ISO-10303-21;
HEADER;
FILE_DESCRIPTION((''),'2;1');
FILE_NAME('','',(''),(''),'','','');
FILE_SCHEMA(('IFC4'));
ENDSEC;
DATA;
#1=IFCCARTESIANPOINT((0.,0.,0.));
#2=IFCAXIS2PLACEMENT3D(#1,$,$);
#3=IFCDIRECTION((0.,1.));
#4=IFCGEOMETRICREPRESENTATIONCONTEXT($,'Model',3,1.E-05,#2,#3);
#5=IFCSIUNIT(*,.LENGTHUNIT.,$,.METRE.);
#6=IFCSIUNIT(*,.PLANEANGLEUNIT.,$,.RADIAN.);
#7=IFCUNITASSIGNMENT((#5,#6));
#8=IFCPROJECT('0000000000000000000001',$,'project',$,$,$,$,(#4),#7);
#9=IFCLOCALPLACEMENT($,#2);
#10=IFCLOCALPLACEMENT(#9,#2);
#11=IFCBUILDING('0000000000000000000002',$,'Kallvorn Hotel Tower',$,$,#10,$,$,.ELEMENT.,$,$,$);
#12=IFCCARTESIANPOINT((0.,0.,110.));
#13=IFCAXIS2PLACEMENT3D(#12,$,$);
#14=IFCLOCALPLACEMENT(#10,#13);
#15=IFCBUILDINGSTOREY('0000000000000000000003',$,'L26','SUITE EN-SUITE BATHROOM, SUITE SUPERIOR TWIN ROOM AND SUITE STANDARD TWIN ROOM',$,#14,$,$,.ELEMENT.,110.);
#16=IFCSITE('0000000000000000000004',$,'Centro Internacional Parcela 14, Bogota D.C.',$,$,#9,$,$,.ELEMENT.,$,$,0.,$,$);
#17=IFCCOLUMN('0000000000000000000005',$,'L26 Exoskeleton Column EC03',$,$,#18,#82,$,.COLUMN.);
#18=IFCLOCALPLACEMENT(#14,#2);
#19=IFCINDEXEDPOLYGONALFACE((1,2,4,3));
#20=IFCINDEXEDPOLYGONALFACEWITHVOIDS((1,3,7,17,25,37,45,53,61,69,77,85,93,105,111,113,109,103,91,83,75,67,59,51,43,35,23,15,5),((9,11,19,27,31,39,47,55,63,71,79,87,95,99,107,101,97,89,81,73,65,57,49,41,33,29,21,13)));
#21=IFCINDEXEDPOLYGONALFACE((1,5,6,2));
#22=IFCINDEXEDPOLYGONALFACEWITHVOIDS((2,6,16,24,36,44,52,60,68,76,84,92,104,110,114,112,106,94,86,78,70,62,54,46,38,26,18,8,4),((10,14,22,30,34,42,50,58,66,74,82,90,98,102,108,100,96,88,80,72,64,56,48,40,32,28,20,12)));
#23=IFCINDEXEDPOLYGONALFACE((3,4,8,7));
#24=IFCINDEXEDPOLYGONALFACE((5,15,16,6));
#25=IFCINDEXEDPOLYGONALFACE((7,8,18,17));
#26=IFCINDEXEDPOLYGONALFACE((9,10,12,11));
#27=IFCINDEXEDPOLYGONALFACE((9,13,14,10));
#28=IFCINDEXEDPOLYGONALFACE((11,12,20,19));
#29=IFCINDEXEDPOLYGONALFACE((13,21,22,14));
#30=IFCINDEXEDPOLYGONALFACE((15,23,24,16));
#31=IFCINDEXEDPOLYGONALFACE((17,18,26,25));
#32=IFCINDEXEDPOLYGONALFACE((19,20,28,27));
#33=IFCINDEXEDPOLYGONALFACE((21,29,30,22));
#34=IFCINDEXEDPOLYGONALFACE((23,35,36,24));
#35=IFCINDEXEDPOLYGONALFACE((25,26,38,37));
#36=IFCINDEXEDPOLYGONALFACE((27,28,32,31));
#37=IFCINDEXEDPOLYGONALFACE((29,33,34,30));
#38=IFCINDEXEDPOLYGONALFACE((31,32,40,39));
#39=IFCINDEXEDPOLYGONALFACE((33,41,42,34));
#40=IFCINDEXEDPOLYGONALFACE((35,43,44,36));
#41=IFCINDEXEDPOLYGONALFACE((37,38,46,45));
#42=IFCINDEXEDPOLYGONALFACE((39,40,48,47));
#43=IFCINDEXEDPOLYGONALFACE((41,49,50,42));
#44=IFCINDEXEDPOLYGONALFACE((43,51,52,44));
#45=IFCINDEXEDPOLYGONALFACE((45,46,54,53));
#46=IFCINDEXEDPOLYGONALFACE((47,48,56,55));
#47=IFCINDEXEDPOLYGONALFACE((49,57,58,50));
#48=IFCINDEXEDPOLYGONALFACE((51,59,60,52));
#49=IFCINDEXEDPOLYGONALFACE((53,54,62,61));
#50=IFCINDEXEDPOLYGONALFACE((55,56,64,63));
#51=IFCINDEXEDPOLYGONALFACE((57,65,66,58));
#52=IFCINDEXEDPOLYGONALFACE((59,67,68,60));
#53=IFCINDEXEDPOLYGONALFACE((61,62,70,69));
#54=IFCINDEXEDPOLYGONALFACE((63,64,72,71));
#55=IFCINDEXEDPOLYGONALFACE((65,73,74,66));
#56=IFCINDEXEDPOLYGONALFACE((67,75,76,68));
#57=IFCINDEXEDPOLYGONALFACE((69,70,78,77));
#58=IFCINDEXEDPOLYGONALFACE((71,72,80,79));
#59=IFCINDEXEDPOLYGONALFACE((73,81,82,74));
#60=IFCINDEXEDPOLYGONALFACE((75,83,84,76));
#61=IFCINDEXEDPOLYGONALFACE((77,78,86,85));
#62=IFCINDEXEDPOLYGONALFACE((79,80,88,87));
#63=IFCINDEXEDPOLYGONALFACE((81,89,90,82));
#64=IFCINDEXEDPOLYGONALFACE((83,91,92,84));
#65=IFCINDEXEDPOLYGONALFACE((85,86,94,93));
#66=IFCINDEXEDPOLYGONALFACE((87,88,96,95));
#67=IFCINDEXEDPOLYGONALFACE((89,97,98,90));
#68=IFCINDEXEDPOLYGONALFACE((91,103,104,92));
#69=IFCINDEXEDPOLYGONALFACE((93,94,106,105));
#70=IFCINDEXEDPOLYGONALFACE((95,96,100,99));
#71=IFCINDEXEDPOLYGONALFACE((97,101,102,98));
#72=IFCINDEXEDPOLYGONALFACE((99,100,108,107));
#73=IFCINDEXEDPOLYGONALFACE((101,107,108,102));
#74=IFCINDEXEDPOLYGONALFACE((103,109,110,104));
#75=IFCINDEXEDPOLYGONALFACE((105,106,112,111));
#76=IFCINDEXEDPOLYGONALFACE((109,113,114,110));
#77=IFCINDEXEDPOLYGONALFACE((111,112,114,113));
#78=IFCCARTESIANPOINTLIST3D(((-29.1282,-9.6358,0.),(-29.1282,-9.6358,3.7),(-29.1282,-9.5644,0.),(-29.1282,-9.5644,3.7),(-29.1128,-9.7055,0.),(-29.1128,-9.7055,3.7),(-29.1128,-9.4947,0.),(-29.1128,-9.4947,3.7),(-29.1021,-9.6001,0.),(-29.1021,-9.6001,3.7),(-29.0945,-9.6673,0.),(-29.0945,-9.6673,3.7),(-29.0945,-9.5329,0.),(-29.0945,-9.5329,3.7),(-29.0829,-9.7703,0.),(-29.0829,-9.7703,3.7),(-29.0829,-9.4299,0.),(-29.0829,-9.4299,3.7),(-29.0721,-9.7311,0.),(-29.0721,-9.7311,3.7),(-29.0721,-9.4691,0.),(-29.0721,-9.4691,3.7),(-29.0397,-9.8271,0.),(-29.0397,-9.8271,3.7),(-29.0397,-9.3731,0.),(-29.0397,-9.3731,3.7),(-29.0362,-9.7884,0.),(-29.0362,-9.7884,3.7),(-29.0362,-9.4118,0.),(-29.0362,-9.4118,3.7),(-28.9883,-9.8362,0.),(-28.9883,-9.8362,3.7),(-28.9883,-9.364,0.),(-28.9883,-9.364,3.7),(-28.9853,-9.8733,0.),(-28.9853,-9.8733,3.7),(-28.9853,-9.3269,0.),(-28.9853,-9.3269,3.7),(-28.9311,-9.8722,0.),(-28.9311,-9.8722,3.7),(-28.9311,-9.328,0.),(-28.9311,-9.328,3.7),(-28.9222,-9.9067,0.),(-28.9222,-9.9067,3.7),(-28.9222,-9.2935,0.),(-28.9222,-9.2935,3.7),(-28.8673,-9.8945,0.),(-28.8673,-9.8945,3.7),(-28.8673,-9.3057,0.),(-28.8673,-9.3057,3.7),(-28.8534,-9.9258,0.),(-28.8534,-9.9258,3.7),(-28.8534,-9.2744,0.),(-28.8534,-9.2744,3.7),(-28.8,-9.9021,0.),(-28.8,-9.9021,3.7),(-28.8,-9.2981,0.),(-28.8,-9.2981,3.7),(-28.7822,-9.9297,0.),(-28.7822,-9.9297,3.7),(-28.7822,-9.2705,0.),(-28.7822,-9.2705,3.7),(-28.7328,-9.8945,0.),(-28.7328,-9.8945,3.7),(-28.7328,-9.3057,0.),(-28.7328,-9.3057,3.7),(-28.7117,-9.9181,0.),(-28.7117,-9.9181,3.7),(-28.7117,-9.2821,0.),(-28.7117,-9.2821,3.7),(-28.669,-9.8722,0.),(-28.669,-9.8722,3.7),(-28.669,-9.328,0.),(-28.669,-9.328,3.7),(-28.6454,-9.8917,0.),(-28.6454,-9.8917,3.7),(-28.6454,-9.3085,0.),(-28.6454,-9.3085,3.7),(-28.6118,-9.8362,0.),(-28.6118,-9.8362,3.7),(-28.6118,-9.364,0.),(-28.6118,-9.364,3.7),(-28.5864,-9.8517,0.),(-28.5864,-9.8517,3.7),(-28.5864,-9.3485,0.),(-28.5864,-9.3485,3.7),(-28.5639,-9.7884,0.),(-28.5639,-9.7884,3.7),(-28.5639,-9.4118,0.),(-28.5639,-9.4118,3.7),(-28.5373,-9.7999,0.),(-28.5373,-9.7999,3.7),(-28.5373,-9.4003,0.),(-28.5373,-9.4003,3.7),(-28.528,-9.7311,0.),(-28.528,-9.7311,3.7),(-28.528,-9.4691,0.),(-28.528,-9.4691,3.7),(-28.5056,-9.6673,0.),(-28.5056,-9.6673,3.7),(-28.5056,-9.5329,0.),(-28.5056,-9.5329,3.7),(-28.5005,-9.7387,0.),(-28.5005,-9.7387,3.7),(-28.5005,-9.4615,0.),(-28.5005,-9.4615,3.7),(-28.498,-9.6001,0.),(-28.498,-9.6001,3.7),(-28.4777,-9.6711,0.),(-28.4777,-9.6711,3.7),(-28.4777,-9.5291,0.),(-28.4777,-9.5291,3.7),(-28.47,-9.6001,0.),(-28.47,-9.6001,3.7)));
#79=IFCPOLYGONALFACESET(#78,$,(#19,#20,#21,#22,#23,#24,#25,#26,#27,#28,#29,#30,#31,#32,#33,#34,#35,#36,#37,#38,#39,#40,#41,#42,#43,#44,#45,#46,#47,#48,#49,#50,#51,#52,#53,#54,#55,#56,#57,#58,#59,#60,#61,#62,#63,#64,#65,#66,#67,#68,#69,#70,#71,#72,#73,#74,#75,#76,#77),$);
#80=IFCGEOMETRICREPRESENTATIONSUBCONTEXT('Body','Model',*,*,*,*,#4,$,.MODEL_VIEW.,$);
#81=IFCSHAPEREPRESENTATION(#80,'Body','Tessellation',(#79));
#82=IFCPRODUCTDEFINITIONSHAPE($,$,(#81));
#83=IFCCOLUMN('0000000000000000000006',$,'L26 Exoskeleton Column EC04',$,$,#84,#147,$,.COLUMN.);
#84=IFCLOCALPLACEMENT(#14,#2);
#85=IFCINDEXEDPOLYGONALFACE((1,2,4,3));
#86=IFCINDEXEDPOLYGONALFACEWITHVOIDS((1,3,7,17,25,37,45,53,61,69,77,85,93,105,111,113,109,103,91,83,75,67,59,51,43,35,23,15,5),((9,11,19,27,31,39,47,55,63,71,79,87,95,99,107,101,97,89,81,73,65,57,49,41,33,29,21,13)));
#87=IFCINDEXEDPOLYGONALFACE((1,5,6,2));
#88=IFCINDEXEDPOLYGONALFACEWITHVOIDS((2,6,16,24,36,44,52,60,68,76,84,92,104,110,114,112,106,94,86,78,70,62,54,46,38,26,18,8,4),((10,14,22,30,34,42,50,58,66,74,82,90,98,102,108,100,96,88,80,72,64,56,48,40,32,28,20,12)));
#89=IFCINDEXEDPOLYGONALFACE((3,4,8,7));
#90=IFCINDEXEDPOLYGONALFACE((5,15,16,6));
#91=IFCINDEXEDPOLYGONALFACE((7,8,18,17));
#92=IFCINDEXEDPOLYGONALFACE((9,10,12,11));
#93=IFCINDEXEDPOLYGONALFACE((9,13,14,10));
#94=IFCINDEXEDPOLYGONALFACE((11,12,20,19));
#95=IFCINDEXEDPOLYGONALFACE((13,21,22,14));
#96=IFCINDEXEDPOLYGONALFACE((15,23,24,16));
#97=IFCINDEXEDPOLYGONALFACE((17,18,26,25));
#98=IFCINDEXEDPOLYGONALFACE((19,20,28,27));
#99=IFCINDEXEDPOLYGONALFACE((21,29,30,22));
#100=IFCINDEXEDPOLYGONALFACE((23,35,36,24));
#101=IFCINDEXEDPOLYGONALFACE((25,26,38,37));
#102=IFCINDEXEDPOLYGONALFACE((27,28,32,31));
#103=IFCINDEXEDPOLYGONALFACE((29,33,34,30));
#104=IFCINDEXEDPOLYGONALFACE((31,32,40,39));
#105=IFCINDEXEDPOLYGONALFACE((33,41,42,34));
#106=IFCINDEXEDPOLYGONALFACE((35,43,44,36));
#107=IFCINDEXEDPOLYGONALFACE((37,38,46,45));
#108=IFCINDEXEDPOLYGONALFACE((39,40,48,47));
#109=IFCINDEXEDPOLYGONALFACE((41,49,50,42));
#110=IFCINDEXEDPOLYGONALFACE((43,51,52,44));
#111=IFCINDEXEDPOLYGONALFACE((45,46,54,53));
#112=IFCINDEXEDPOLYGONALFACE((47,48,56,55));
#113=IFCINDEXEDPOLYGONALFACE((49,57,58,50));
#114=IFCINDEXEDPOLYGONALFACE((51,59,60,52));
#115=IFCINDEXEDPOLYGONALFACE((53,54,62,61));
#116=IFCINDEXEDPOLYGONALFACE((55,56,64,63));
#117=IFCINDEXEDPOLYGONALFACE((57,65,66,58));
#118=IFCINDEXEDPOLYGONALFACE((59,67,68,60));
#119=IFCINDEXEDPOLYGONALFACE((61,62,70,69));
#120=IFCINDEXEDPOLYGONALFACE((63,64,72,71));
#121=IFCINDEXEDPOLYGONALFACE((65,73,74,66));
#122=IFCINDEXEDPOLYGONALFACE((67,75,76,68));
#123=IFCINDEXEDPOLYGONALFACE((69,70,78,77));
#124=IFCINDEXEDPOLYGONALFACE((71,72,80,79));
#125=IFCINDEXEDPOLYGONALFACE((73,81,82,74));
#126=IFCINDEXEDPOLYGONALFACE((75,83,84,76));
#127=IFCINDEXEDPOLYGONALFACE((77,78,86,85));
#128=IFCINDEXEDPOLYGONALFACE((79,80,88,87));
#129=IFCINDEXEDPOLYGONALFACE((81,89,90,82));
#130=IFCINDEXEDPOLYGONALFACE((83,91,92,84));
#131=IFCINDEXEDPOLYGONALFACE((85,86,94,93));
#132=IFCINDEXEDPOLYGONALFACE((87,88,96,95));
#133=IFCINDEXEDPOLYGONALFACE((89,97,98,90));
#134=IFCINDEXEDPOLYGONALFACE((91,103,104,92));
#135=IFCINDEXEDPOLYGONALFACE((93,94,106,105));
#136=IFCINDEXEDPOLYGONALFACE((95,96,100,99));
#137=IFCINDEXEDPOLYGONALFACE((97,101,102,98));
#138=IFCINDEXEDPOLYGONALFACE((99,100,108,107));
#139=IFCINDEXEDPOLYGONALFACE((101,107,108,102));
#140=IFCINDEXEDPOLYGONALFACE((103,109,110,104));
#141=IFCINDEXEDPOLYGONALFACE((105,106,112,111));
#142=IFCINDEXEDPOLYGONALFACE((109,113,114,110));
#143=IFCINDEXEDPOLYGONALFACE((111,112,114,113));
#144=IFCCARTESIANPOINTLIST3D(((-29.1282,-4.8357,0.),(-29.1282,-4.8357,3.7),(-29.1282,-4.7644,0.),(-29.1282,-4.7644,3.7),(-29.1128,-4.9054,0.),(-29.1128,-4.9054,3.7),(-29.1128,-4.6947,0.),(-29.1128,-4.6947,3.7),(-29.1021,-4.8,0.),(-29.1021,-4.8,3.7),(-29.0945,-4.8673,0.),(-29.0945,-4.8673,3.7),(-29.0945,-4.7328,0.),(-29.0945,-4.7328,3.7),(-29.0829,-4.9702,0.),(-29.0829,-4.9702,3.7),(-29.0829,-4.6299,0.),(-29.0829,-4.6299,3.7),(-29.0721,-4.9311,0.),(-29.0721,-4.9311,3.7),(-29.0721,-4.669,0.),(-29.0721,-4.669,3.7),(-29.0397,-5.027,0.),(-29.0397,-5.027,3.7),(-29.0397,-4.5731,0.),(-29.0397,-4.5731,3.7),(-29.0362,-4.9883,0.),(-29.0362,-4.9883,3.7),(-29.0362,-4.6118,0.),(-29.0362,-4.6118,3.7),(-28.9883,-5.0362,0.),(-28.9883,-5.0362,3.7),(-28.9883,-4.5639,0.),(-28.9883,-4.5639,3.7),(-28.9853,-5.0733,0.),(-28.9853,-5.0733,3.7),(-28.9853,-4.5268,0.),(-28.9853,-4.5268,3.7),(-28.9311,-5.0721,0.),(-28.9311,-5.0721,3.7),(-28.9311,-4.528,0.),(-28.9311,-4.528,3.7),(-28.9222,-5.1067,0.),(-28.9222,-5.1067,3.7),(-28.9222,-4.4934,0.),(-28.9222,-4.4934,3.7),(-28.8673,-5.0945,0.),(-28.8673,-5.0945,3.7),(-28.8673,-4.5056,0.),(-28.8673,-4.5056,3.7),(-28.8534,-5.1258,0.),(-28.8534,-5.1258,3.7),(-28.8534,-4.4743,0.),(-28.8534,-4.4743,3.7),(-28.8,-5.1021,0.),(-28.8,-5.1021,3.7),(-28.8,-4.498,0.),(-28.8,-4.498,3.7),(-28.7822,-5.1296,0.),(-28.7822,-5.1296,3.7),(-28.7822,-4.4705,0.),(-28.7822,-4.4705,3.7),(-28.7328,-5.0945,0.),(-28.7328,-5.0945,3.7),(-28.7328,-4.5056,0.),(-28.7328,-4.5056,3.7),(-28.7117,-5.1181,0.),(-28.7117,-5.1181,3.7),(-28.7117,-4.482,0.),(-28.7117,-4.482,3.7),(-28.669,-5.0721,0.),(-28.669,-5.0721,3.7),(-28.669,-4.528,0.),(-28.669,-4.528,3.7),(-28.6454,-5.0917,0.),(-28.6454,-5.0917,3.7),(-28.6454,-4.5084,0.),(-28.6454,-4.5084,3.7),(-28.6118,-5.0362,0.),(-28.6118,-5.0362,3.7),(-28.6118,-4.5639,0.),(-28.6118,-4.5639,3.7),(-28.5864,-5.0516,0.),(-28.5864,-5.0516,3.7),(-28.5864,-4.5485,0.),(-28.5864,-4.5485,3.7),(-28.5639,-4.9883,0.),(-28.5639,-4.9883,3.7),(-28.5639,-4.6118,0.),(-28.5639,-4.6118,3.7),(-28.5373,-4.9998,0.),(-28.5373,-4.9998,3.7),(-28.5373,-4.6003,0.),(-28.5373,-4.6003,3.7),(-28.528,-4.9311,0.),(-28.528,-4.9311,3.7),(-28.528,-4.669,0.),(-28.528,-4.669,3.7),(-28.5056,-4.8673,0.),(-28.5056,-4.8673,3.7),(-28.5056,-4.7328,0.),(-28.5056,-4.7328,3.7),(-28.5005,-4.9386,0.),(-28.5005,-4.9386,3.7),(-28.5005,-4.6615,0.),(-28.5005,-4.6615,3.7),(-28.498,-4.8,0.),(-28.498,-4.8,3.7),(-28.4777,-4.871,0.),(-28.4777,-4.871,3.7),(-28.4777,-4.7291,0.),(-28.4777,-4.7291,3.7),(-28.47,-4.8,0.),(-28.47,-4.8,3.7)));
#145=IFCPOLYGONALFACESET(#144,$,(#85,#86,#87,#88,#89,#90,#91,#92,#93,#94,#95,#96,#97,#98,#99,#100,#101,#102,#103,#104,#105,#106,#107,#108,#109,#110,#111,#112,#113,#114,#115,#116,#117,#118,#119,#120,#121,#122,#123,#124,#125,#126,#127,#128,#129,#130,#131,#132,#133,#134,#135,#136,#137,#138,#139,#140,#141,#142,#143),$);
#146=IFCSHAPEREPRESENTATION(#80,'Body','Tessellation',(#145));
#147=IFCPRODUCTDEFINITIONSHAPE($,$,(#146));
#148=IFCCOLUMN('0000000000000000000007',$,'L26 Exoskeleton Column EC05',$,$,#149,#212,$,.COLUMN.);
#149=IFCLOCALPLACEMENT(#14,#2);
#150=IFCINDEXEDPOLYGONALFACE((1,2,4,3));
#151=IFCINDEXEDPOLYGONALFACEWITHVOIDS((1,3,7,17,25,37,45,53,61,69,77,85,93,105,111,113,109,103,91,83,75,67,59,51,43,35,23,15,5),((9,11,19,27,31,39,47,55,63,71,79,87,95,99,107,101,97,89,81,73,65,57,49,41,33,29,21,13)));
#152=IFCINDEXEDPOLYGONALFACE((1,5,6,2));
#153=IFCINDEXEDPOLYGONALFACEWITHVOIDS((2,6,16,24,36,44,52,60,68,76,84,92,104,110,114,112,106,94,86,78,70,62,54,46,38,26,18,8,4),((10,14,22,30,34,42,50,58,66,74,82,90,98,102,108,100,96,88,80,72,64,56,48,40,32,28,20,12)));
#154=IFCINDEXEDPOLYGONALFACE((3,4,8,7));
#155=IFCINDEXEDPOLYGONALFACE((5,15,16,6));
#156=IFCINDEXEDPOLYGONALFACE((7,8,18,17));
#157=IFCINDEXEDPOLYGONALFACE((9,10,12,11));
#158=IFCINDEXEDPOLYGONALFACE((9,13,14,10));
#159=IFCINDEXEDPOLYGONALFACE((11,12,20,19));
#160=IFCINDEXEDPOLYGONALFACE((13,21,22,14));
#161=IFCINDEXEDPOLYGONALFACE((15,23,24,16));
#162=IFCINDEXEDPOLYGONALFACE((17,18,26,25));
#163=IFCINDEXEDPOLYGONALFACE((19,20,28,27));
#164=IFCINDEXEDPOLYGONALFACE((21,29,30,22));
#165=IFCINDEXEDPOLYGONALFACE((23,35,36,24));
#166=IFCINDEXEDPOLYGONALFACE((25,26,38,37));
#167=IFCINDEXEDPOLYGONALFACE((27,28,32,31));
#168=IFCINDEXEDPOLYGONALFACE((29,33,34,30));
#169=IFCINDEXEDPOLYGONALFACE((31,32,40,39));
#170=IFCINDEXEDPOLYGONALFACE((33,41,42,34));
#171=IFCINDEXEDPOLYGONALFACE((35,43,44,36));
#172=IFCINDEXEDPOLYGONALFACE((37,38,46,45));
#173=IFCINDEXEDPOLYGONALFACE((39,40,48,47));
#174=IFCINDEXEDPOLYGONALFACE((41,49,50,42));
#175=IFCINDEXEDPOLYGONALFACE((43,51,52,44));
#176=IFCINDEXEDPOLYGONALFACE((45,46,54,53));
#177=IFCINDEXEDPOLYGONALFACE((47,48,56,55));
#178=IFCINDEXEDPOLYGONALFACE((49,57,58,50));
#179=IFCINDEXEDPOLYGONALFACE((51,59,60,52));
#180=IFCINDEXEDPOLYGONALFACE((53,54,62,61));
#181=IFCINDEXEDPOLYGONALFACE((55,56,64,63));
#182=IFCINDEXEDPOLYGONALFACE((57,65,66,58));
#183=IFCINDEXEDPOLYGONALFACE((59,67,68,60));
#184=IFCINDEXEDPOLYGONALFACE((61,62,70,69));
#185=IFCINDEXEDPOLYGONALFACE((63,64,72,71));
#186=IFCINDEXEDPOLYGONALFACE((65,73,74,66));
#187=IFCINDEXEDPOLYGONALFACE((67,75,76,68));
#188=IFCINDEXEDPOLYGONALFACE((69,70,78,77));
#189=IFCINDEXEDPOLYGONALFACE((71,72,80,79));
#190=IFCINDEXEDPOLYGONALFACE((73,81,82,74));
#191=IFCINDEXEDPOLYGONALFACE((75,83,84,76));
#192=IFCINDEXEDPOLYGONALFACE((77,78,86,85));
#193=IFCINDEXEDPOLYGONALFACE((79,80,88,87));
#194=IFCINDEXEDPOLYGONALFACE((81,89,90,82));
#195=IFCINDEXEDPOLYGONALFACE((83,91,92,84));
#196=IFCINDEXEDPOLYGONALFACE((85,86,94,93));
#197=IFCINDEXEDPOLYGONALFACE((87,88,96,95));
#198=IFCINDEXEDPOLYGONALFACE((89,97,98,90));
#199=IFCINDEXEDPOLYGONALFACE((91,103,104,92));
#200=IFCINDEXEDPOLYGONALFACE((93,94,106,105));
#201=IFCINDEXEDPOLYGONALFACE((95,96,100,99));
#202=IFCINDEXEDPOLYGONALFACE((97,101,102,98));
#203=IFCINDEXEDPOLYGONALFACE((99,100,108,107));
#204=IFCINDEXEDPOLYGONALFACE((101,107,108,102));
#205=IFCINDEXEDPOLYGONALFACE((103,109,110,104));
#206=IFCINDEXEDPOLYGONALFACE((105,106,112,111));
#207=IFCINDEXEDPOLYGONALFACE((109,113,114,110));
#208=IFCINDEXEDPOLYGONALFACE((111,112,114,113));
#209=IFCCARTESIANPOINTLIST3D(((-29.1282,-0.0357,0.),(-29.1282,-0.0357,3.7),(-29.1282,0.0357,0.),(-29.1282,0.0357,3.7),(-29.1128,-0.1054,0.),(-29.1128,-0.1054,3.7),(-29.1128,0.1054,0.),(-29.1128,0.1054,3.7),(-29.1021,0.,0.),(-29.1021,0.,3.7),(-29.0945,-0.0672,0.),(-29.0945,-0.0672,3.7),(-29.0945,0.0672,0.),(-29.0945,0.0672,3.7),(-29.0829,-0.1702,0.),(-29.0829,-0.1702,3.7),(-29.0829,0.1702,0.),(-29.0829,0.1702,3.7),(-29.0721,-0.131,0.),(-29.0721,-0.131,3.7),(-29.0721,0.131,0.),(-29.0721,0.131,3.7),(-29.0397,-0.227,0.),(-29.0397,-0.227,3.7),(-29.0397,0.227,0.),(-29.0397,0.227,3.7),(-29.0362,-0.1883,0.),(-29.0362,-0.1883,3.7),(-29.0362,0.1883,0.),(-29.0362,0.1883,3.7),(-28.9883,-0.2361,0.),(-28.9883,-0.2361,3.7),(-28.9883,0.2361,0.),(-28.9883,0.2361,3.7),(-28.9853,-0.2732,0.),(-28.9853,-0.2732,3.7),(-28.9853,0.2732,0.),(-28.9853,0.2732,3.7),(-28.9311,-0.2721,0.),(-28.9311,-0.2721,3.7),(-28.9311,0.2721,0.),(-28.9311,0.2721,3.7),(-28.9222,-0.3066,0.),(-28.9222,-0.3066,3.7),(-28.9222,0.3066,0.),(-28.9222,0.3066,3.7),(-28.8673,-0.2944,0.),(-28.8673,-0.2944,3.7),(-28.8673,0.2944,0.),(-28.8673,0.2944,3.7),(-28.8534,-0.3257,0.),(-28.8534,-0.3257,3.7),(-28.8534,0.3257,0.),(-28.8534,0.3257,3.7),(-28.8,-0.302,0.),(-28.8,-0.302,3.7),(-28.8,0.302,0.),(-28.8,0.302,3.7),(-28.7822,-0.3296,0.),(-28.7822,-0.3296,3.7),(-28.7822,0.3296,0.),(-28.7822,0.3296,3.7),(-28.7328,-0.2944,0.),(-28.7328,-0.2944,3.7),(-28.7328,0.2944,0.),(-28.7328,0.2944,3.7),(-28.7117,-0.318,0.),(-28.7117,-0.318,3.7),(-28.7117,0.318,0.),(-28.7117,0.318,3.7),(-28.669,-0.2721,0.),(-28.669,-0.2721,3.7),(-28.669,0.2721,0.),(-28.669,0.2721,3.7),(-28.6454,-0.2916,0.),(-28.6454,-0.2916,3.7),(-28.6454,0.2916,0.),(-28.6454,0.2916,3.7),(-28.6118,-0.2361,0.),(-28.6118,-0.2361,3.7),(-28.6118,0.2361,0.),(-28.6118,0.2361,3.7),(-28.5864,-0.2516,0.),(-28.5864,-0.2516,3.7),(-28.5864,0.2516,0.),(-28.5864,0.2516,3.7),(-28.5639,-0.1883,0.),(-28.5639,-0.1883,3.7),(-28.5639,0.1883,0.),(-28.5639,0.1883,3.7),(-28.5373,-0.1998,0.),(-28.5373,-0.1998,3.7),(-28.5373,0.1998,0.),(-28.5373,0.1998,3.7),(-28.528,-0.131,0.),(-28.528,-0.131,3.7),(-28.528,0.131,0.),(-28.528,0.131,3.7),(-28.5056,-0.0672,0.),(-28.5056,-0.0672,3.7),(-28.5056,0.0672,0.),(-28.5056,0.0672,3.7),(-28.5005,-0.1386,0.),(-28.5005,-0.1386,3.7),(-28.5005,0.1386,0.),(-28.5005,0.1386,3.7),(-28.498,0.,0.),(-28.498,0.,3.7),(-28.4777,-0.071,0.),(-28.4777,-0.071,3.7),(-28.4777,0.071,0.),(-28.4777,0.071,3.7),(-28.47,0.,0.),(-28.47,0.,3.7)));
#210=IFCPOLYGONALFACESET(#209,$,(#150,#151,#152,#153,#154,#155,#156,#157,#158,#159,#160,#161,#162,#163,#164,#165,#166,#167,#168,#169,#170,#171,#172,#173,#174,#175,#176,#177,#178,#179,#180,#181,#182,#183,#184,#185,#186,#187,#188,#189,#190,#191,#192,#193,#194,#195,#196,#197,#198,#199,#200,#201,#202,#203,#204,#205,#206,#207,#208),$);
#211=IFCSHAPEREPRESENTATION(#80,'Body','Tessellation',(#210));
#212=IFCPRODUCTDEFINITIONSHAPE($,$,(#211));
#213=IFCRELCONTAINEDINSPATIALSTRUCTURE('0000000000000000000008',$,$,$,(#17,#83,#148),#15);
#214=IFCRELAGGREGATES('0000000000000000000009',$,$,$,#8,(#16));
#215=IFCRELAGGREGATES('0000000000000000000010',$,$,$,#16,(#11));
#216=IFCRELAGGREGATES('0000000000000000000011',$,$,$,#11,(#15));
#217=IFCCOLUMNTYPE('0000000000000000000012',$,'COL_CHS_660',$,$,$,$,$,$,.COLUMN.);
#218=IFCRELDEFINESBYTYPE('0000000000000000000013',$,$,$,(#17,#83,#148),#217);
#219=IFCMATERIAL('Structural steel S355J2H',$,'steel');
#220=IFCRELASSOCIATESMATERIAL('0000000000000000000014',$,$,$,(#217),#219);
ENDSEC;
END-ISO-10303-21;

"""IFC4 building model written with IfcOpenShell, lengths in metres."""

from ifc_helpers import new_model, si_unit, direction, frame, origin, origin_2d, place, context, subcontext, project, spatial, hollow_circle, extrude, material, material_profile, profile_set, type_object, element, save


model = new_model("IFC4")

# Units and contexts
model_context = context("Model", 3, precision=1e-05, world=origin(), true_north=direction((0.0, 1.0)))
body_context = subcontext(model_context, "Body", "Model", "MODEL_VIEW")
ifc_project = project(units=[si_unit("LENGTHUNIT", "METRE"), si_unit("PLANEANGLEUNIT", "RADIAN")], contexts=[model_context])

# Site, building, storey
site_placement = place(None, origin())
site = spatial("IfcSite", under=ifc_project, at=site_placement, Name="Centro Internacional Parcela 14, Bogota D.C.", CompositionType="ELEMENT", RefElevation=0.0)
building_placement = place(site_placement, origin())
building = spatial("IfcBuilding", under=site, at=building_placement, Name="Kallvorn Hotel Tower", CompositionType="ELEMENT")
storey_placement = place(building_placement, frame((0.0, 0.0, 110.0)))
storey = spatial("IfcBuildingStorey", under=building, at=storey_placement, Name="L26", Description="SUITE EN-SUITE BATHROOM, SUITE SUPERIOR TWIN ROOM AND SUITE STANDARD TWIN ROOM", CompositionType="ELEMENT", Elevation=110.0)

# Columns
ifc_material_1 = material(Name="Structural steel S355J2H", Category="steel")
ifc_material_profile_1 = material_profile(ifc_material_1, hollow_circle(Radius=0.3301, WallThickness=0.0281, at=origin_2d()), Name="CHS 660x28")
ifc_profile_set_1 = profile_set([ifc_material_profile_1], Name="Structural steel S355J2H")
column_type = type_object("IfcColumnType", Name="COL_CHS_660", PredefinedType="COLUMN", material=ifc_profile_set_1)
for number, where, z_axis, x_axis, name in (
    (1, (-28.8, -9.6001, 0.0), (0.0, 0.0, 1.0), (1.0, 0.0, 0.0), "L26 Exoskeleton Column EC03"),
    (2, (-28.8, -4.8, 0.0), (0.0, 0.0, 1.0), (1.0, 0.0, 0.0), "L26 Exoskeleton Column EC04"),
    (3, (-28.8, 0.0, 0.0), (0.0, 0.0, 1.0), (1.0, 0.0, 0.0), "L26 Exoskeleton Column EC05"),
):
    element("IfcColumn", number, at=place(storey_placement, frame(where, z_axis=z_axis, x_axis=x_axis)), inside=storey, type_object=column_type, Name=name, PredefinedType="COLUMN", context=body_context, shape_type="SweptSolid", body=[
        extrude(hollow_circle(Radius=0.3301, WallThickness=0.0281, at=origin_2d()), origin(), (0.0, 0.0, 1.0), 3.7),
    ])

save(model, "model.ifc")
